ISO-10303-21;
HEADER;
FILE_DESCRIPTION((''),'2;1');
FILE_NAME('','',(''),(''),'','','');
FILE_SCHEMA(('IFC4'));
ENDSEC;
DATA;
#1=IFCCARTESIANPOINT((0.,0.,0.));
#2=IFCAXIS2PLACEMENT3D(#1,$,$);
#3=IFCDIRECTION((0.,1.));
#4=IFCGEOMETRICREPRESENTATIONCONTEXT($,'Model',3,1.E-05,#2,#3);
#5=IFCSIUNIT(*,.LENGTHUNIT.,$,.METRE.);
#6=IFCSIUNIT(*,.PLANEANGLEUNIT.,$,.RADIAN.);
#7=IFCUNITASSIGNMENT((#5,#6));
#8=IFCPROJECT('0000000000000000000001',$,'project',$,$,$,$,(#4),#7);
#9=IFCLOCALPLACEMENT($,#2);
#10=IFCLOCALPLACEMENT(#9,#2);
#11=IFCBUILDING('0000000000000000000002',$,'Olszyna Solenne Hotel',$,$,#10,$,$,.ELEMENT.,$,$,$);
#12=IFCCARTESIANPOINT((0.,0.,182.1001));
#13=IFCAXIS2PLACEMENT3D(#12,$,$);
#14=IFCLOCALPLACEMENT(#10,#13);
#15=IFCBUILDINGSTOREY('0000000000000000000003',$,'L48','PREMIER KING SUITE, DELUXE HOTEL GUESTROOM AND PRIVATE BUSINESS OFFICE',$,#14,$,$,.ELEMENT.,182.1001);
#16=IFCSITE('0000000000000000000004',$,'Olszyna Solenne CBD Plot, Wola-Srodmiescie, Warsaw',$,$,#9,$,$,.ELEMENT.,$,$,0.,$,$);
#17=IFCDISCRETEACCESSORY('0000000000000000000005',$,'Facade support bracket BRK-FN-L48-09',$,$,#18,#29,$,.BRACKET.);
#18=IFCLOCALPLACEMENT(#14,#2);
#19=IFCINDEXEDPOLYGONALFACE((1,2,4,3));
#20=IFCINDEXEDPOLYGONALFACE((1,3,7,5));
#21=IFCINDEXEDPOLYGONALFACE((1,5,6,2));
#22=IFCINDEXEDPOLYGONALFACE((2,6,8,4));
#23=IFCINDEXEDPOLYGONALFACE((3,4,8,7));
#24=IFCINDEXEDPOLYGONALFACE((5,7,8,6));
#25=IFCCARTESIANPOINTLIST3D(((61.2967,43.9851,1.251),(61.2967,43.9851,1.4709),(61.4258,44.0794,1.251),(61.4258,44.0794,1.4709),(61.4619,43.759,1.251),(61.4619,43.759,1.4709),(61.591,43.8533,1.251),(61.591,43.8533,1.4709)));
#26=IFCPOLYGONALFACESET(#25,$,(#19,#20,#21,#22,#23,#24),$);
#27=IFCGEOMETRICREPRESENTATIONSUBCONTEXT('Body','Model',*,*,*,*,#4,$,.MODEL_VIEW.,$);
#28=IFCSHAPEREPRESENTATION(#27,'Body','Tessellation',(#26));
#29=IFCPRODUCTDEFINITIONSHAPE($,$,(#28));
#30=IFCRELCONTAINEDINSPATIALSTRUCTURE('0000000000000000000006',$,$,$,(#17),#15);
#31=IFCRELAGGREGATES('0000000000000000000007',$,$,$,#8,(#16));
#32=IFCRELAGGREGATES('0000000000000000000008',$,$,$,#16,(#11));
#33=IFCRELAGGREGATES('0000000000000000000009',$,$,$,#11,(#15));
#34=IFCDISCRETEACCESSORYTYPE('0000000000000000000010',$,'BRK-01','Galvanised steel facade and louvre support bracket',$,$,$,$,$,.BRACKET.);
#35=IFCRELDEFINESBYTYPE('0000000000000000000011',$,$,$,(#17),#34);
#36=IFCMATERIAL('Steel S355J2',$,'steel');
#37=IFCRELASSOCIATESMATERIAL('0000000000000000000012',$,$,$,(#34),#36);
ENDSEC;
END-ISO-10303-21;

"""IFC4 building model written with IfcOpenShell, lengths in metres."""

from ifc_helpers import new_model, si_unit, direction, frame, origin, origin_2d, place, context, subcontext, project, spatial, rectangle, extrude, source, transform, mapped, material, type_object, element, save


model = new_model("IFC4")

# Units and contexts
model_context = context("Model", 3, precision=1e-05, world=origin(), true_north=direction((0.0, 1.0)))
body_context = subcontext(model_context, "Body", "Model", "MODEL_VIEW")
ifc_project = project(units=[si_unit("LENGTHUNIT", "METRE"), si_unit("PLANEANGLEUNIT", "RADIAN")], contexts=[model_context])

# Site, building, storey
site_placement = place(None, origin())
site = spatial("IfcSite", under=ifc_project, at=site_placement, Name="Olszyna Solenne CBD Plot, Wola-Srodmiescie, Warsaw", CompositionType="ELEMENT", RefElevation=0.0)
building_placement = place(site_placement, origin())
building = spatial("IfcBuilding", under=site, at=building_placement, Name="Olszyna Solenne Hotel", CompositionType="ELEMENT")
storey_placement = place(building_placement, frame((0.0, 0.0, 182.1001)))
storey = spatial("IfcBuildingStorey", under=building, at=storey_placement, Name="L48", Description="PREMIER KING SUITE, DELUXE HOTEL GUESTROOM AND PRIVATE BUSINESS OFFICE", CompositionType="ELEMENT", Elevation=182.1001)

# Shared definitions
ifc_material_1 = material(Name="Steel S355J2", Category="steel")

# Discrete accessory
discrete_accessory_type = type_object("IfcDiscreteAccessoryType", Name="BRK-01", Description="Galvanised steel facade and louvre support bracket", PredefinedType="BRACKET", material=ifc_material_1)
shared_shape_1 = source(origin(), body_context, "Body", "SweptSolid", [
    extrude(rectangle(XDim=0.28, YDim=0.1599, at=origin_2d()), origin(), (0.0, 0.0, 1.0), 0.22),
])
discrete_accessory_placement = place(storey_placement, frame((61.4438, 43.9192, 1.251), z_axis=(0.0, 0.0, 1.0), x_axis=(0.589901, -0.807475, 0.0)))
element("IfcDiscreteAccessory", 1, at=discrete_accessory_placement, inside=storey, type_object=discrete_accessory_type, Name="Facade support bracket BRK-FN-L48-09", PredefinedType="BRACKET", context=body_context, shape_type="MappedRepresentation", body=[
    mapped(shared_shape_1, transform((0.0, 0.0, 0.0), x_axis=(1.0, 0.0, 0.0), y_axis=(0.0, 1.0, 0.0), z_axis=(0.0, 0.0, 1.0), scale=1.0)),
])

save(model, "model.ifc")
